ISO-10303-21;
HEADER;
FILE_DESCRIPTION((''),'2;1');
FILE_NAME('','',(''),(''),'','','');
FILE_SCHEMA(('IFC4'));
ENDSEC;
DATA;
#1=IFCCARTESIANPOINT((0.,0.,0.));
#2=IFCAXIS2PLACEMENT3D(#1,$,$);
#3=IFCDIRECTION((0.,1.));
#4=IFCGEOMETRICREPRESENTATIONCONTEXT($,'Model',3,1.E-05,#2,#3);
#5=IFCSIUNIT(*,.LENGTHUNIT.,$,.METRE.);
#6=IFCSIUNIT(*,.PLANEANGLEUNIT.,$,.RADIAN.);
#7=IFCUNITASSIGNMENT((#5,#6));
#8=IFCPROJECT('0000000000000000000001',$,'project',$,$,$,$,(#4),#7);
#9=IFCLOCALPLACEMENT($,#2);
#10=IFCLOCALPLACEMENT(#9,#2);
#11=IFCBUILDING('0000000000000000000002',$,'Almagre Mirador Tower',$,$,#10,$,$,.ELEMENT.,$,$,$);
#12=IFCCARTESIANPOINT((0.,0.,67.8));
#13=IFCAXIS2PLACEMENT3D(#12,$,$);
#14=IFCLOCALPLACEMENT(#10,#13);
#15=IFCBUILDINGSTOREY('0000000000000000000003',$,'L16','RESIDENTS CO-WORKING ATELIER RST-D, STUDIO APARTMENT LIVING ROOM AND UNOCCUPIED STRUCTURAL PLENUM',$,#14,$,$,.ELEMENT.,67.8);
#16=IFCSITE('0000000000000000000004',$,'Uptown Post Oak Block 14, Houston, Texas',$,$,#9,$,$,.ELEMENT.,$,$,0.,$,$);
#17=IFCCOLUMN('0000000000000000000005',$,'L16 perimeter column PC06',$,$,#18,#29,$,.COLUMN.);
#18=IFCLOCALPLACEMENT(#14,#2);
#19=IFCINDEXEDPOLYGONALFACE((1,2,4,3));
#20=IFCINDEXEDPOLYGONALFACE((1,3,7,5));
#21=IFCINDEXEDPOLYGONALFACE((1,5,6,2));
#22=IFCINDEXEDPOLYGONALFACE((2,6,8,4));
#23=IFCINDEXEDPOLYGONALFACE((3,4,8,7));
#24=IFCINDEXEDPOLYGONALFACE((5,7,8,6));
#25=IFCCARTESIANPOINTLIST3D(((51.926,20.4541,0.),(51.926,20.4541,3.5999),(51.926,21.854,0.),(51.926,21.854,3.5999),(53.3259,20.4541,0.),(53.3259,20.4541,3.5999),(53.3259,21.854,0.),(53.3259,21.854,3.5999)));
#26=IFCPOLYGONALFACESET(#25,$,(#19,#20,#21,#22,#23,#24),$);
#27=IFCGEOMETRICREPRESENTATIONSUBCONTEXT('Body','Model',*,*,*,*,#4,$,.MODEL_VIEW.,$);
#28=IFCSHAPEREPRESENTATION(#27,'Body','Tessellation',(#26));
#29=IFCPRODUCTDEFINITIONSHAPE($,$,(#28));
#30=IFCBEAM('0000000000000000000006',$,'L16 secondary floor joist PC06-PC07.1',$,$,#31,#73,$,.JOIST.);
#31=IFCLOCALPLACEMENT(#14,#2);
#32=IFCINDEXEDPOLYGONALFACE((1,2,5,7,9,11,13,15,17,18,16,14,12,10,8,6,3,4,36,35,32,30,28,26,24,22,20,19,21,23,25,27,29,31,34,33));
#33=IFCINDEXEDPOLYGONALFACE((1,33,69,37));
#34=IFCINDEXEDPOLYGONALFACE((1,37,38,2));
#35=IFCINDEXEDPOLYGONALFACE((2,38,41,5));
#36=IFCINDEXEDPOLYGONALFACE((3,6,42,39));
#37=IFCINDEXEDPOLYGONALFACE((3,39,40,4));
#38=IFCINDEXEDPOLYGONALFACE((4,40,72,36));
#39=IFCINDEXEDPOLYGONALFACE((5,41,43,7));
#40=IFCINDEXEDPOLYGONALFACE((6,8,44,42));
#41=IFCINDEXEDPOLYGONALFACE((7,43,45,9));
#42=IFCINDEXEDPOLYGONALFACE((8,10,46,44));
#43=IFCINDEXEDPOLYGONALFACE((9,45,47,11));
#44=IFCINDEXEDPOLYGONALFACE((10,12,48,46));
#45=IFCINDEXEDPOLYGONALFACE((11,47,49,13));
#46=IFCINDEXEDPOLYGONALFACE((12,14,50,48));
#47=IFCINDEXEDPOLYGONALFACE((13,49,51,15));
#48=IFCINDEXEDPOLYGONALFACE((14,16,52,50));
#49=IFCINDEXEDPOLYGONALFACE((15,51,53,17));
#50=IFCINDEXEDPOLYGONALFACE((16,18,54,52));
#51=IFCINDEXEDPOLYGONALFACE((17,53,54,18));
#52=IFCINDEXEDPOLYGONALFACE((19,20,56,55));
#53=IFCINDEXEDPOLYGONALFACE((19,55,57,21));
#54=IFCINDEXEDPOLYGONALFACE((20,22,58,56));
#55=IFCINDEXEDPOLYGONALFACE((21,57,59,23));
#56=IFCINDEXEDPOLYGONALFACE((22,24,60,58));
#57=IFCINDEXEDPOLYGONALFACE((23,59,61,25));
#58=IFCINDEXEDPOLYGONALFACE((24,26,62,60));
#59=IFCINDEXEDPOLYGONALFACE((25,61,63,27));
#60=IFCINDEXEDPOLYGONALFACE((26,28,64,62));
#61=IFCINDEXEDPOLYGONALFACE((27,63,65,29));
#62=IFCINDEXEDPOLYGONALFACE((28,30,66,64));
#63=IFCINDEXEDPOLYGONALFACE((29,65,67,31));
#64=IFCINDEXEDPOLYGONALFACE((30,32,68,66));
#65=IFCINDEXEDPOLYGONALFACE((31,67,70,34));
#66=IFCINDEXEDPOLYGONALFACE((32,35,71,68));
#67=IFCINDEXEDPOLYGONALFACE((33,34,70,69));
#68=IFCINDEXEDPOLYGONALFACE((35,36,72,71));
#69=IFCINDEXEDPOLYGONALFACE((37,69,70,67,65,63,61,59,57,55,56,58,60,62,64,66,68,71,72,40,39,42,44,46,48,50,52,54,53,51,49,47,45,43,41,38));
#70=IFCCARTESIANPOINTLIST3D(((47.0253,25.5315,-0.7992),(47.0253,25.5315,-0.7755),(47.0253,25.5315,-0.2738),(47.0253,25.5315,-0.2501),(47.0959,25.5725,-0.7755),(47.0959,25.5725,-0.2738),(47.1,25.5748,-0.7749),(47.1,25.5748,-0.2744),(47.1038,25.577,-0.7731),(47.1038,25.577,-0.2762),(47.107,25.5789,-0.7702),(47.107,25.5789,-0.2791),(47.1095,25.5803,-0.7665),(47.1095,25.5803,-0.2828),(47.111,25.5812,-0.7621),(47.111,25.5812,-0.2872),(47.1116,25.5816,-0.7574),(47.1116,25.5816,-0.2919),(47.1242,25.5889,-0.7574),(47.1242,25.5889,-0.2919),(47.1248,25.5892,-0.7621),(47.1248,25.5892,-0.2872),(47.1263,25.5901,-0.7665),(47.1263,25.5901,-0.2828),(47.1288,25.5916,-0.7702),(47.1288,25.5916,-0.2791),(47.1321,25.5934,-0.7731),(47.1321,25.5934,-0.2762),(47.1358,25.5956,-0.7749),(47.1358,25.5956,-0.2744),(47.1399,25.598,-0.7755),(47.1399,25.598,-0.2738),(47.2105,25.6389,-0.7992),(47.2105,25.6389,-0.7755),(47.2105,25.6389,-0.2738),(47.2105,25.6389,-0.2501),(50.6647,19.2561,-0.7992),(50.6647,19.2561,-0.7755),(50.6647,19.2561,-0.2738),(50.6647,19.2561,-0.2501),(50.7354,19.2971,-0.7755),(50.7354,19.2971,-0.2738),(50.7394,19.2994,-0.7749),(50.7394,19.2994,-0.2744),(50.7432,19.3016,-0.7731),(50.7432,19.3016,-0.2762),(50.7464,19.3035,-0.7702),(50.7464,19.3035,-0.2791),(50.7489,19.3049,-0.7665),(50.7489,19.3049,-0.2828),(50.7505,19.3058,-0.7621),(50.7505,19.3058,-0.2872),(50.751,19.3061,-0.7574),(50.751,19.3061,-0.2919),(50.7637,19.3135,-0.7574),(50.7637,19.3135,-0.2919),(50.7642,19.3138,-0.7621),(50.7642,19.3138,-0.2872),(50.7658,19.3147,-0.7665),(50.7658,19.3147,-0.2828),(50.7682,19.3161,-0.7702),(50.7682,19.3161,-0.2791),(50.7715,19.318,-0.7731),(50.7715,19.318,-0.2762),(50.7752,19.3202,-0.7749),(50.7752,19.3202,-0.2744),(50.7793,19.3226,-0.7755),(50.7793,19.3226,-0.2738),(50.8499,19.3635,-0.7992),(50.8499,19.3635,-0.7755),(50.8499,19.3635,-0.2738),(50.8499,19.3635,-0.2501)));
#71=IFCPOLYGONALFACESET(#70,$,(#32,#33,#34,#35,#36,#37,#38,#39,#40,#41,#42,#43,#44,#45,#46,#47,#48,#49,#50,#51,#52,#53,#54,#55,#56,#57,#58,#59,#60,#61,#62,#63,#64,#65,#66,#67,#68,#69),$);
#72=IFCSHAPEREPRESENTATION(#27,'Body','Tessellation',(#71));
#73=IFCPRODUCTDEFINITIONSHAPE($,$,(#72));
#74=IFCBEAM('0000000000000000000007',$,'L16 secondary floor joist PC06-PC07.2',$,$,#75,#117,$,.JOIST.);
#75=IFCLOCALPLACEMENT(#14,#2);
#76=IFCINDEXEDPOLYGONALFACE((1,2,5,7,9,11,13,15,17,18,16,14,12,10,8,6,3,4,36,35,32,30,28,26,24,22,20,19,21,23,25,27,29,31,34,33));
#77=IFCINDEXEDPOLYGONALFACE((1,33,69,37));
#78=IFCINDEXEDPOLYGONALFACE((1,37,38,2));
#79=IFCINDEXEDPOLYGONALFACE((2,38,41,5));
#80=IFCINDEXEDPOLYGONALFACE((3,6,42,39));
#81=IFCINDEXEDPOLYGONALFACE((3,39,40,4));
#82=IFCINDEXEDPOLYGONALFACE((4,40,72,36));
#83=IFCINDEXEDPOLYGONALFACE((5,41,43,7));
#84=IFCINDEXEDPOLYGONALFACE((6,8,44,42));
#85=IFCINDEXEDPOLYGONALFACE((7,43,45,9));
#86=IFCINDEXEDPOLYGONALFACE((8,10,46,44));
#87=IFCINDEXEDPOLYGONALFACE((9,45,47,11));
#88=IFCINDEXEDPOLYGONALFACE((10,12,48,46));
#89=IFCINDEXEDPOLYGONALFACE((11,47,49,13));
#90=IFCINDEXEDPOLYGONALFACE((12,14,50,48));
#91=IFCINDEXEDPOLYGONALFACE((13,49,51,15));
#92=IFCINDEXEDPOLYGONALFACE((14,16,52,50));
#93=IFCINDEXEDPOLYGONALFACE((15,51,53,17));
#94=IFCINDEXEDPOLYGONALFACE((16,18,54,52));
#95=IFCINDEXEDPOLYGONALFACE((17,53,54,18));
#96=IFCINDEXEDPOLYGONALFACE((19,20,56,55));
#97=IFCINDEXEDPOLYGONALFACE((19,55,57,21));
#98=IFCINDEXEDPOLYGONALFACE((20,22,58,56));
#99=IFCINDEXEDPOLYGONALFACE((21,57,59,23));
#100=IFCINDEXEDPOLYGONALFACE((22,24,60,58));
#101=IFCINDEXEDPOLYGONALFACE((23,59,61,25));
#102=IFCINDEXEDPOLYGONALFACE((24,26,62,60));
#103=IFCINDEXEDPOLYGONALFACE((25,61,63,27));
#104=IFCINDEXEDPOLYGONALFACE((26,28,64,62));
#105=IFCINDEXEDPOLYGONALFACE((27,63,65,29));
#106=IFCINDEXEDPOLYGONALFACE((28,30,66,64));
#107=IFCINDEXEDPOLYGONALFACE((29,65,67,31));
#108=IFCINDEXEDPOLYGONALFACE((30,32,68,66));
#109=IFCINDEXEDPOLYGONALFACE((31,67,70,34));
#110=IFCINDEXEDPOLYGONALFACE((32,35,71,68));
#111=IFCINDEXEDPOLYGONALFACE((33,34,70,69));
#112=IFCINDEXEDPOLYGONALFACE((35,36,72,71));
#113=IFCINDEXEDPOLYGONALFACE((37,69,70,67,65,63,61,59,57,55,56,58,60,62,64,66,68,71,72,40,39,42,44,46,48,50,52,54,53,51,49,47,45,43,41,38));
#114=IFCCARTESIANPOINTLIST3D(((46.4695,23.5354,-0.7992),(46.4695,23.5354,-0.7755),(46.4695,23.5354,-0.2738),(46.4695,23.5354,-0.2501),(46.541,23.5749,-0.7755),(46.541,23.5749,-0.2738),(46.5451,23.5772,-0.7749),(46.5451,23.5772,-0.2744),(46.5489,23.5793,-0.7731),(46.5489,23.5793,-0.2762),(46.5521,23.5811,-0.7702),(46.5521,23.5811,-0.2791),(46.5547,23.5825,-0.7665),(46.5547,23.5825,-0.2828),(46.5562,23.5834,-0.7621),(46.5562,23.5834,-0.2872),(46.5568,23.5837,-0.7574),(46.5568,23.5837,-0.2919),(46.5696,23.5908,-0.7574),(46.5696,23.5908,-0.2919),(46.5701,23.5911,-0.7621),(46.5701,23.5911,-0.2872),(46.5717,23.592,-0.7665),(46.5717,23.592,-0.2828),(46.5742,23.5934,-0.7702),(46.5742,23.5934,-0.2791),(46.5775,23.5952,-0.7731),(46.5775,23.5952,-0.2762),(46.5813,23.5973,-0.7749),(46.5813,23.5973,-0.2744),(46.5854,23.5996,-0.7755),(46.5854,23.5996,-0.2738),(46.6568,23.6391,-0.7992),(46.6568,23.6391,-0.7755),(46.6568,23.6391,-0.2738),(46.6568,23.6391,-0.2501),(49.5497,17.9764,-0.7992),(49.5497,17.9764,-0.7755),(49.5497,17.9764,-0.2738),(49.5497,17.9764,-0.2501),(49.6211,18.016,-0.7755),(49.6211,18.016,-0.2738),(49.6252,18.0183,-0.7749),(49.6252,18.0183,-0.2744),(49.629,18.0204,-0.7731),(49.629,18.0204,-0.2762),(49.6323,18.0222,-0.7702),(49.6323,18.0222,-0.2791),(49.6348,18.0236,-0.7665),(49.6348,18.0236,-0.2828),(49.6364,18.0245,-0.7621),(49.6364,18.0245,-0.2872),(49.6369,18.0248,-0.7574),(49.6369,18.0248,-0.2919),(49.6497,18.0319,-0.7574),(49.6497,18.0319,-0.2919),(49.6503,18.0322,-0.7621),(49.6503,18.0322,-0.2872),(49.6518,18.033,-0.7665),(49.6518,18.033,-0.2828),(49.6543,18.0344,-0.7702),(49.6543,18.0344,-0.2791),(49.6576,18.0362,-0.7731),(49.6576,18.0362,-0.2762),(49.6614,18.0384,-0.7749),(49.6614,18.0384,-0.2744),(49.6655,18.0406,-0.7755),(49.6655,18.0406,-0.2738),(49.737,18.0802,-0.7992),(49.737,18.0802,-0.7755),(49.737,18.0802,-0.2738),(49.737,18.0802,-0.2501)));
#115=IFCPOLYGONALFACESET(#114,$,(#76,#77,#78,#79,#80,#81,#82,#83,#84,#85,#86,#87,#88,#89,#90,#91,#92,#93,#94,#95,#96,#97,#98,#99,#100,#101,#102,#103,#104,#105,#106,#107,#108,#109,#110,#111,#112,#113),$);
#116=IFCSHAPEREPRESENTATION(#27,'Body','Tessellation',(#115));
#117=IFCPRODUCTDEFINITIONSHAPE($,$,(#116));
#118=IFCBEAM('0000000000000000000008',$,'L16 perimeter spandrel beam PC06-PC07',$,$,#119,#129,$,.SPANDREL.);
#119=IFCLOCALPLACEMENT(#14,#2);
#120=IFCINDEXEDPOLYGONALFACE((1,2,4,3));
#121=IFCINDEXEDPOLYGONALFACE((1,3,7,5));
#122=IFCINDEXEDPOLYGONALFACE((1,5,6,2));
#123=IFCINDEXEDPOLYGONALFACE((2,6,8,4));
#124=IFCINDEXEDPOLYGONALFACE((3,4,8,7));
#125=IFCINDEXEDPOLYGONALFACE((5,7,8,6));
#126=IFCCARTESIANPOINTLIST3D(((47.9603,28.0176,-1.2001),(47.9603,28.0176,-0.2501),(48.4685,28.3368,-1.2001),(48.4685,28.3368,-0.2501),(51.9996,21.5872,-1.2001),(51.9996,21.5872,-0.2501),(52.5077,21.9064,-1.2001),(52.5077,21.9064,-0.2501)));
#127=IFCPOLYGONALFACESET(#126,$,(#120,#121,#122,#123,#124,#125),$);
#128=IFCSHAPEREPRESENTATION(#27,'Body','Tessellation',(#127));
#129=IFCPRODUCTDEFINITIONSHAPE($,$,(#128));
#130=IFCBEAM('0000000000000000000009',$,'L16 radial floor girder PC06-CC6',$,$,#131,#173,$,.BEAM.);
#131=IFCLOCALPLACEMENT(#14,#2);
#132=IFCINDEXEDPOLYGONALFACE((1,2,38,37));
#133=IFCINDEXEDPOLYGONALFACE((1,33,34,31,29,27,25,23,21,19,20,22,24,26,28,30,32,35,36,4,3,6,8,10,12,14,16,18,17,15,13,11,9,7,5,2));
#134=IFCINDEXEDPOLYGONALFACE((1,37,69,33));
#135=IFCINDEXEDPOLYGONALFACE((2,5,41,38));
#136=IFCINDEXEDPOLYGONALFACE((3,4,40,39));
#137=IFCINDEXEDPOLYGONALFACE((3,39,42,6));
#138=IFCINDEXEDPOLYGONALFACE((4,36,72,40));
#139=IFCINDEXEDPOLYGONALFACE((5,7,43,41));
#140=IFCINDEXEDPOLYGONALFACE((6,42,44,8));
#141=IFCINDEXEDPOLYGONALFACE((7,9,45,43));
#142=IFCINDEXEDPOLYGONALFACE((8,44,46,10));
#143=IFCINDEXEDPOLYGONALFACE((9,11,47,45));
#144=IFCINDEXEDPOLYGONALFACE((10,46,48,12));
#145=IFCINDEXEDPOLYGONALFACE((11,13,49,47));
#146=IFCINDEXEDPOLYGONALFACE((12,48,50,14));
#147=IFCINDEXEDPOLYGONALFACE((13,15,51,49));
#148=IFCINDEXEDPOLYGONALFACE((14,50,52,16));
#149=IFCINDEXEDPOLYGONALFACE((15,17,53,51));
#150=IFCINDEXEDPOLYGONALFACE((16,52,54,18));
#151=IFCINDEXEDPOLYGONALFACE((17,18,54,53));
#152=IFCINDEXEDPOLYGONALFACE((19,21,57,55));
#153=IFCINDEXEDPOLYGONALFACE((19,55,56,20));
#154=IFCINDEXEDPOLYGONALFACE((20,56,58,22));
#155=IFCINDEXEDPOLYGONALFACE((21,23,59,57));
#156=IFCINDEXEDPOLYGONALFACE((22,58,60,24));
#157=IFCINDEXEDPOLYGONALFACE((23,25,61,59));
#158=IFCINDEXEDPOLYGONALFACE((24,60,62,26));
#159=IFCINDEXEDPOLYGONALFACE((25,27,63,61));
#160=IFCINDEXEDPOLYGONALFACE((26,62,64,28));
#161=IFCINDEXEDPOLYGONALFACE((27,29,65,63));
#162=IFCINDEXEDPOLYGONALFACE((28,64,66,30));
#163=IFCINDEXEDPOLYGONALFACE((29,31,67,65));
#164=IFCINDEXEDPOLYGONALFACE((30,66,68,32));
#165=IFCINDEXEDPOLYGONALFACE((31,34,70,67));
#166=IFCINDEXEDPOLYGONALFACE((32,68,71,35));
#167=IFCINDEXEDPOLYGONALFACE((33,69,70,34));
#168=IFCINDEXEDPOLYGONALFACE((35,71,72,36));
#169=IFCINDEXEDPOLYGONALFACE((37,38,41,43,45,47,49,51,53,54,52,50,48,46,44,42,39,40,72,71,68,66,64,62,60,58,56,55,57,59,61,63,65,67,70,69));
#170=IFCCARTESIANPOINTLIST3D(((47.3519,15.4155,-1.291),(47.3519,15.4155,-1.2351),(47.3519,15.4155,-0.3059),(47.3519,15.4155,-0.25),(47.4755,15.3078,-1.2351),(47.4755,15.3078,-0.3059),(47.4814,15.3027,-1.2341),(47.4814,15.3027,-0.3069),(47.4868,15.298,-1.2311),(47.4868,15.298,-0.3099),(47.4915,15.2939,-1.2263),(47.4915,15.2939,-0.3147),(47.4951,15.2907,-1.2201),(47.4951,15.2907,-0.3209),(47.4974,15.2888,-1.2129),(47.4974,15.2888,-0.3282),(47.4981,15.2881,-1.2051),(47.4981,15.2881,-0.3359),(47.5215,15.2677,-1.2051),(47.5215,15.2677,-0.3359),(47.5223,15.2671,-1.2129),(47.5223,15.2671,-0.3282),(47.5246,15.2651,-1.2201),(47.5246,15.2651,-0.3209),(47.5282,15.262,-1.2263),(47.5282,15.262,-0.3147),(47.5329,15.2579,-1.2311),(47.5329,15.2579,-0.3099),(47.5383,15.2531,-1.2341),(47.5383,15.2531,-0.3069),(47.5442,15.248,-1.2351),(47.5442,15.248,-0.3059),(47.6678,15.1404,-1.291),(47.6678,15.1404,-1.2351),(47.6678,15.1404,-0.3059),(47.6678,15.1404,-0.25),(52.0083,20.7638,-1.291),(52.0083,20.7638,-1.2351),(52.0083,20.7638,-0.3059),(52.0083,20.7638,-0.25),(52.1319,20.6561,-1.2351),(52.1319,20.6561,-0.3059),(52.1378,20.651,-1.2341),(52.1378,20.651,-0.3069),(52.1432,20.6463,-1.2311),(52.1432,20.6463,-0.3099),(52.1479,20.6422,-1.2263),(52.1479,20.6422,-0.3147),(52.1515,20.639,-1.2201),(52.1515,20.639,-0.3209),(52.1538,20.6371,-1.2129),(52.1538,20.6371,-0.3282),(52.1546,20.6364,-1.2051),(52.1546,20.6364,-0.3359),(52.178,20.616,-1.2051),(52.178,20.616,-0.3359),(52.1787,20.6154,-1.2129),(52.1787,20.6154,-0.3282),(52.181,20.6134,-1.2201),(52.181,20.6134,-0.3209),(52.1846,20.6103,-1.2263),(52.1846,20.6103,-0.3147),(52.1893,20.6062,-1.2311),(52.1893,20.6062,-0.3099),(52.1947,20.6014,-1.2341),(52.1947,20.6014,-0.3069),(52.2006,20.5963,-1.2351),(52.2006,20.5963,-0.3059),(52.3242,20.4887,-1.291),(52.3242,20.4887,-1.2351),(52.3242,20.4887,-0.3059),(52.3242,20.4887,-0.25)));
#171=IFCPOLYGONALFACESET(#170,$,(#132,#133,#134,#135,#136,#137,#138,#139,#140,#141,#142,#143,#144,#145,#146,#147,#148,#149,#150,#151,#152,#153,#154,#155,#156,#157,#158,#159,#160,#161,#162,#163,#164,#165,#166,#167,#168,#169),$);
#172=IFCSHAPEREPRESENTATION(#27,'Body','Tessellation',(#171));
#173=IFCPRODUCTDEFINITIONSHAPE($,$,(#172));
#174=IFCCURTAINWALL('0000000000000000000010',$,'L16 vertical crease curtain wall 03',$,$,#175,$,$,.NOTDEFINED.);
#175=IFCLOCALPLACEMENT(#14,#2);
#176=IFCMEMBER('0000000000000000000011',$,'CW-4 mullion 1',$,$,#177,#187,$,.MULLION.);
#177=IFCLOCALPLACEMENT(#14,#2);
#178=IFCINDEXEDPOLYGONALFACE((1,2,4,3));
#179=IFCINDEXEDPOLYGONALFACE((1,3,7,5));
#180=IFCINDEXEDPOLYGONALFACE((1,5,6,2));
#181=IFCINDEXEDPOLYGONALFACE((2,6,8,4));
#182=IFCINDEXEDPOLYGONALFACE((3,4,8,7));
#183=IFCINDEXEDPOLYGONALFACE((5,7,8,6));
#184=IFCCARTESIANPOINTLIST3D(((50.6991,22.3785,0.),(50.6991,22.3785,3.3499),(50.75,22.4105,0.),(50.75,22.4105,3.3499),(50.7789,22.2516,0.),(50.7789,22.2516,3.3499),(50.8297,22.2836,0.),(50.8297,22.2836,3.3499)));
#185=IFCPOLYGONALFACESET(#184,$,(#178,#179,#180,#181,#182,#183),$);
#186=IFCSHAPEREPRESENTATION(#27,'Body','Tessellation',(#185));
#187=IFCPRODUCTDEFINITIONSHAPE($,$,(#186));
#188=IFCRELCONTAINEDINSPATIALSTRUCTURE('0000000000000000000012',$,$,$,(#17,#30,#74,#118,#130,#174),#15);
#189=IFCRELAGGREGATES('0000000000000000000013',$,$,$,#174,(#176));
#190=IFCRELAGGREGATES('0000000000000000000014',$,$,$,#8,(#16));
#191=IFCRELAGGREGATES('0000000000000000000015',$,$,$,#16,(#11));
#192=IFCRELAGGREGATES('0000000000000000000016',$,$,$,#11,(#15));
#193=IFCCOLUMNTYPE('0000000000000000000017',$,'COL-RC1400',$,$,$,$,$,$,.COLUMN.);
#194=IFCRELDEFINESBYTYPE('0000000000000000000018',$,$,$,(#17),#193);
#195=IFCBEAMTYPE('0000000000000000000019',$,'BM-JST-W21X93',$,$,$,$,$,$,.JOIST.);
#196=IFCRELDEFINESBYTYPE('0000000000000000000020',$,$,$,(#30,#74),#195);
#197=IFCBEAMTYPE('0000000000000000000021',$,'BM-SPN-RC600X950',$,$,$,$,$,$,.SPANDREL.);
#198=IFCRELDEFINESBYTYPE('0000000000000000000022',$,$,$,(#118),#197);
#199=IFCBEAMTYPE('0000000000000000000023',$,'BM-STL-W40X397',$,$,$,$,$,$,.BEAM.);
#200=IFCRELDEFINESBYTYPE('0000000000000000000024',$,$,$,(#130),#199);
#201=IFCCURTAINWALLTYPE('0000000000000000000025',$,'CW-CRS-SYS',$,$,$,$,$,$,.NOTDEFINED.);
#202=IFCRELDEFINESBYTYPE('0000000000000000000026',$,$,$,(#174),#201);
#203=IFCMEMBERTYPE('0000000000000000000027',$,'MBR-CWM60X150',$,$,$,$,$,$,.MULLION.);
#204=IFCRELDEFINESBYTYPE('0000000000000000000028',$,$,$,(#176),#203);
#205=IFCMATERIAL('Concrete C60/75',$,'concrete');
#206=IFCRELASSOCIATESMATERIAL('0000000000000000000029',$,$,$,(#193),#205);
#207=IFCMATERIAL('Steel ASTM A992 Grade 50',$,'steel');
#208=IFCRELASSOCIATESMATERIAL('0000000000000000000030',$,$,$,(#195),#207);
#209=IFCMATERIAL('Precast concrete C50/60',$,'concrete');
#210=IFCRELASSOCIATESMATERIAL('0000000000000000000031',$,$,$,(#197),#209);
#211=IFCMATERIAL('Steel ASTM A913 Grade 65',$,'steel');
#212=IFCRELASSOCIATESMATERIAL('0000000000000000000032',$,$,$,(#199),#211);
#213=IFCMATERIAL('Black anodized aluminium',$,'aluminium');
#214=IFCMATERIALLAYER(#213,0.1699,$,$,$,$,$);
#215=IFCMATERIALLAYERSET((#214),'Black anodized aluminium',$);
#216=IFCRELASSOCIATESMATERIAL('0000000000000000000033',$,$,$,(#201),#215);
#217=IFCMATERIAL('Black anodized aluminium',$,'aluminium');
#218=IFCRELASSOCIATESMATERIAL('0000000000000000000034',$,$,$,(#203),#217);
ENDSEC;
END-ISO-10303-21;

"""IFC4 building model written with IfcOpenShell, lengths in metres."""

from ifc_helpers import new_model, si_unit, direction, frame, origin, origin_2d, place, context, subcontext, project, spatial, rectangle, i_section, extrude, material, layer, layer_set, material_profile, profile_set, type_object, element, aggregate, save


model = new_model("IFC4")

# Units and contexts
model_context = context("Model", 3, precision=1e-05, world=origin(), true_north=direction((0.0, 1.0)))
body_context = subcontext(model_context, "Body", "Model", "MODEL_VIEW")
ifc_project = project(units=[si_unit("LENGTHUNIT", "METRE"), si_unit("PLANEANGLEUNIT", "RADIAN")], contexts=[model_context])

# Site, building, storey
site_placement = place(None, origin())
site = spatial("IfcSite", under=ifc_project, at=site_placement, Name="Uptown Post Oak Block 14, Houston, Texas", CompositionType="ELEMENT", RefElevation=0.0)
building_placement = place(site_placement, origin())
building = spatial("IfcBuilding", under=site, at=building_placement, Name="Almagre Mirador Tower", CompositionType="ELEMENT")
storey_placement = place(building_placement, frame((0.0, 0.0, 67.8)))
storey = spatial("IfcBuildingStorey", under=building, at=storey_placement, Name="L16", Description="RESIDENTS CO-WORKING ATELIER RST-D, STUDIO APARTMENT LIVING ROOM AND UNOCCUPIED STRUCTURAL PLENUM", CompositionType="ELEMENT", Elevation=67.8)

# Column
ifc_material_1 = material(Name="Concrete C60/75", Category="concrete")
ifc_material_profile_1 = material_profile(ifc_material_1, rectangle(XDim=1.3999, YDim=1.3999, at=origin_2d()), Name="RC1400X1400")
ifc_profile_set_1 = profile_set([ifc_material_profile_1], Name="Concrete C60/75")
column_type = type_object("IfcColumnType", Name="COL-RC1400", PredefinedType="COLUMN", material=ifc_profile_set_1)
column_placement = place(storey_placement, frame((52.626, 21.1541, 0.0), z_axis=(0.0, 0.0, 1.0), x_axis=(1.0, 0.0, 0.0)))
element("IfcColumn", 1, at=column_placement, inside=storey, type_object=column_type, Name="L16 perimeter column PC06", PredefinedType="COLUMN", context=body_context, shape_type="SweptSolid", body=[
    extrude(rectangle(XDim=1.3999, YDim=1.3999, at=origin_2d()), origin(), (0.0, 0.0, 1.0), 3.5999),
])

# Beams
ifc_material_2 = material(Name="Steel ASTM A992 Grade 50", Category="steel")
ifc_material_profile_2 = material_profile(ifc_material_2, i_section(OverallWidth=0.2141, OverallDepth=0.5491, WebThickness=0.0146, FlangeThickness=0.0237, FilletRadius=0.0181, at=origin_2d()), Name="W21X93")
ifc_profile_set_2 = profile_set([ifc_material_profile_2], Name="Steel ASTM A992 Grade 50")
beam_type_1 = type_object("IfcBeamType", Name="BM-JST-W21X93", PredefinedType="JOIST", material=ifc_profile_set_2)
beam_1_placement = place(storey_placement, frame((50.7573, 19.3098, -0.5247), z_axis=(-0.501685, 0.86505, 0.0), x_axis=(-0.86505, -0.501685, 0.0)))
element("IfcBeam", 2, at=beam_1_placement, inside=storey, type_object=beam_type_1, Name="L16 secondary floor joist PC06-PC07.1", PredefinedType="JOIST", context=body_context, shape_type="SweptSolid", body=[
    extrude(i_section(OverallWidth=0.2141, OverallDepth=0.5491, WebThickness=0.0146, FlangeThickness=0.0237, FilletRadius=0.0181, at=origin_2d()), origin(), (0.0, 0.0, 1.0), 7.2544),
])
beam_2_placement = place(storey_placement, frame((49.6433, 18.0283, -0.5247), z_axis=(-0.484661, 0.874702, 0.0), x_axis=(-0.874702, -0.484661, 0.0)))
element("IfcBeam", 3, at=beam_2_placement, inside=storey, type_object=beam_type_1, Name="L16 secondary floor joist PC06-PC07.2", PredefinedType="JOIST", context=body_context, shape_type="SweptSolid", body=[
    extrude(i_section(OverallWidth=0.2141, OverallDepth=0.5491, WebThickness=0.0146, FlangeThickness=0.0237, FilletRadius=0.0181, at=origin_2d()), origin(), (0.0, 0.0, 1.0), 6.3552),
])
ifc_material_3 = material(Name="Precast concrete C50/60", Category="concrete")
ifc_material_profile_3 = material_profile(ifc_material_3, rectangle(XDim=0.6001, YDim=0.95, at=origin_2d()), Name="RC600X950")
ifc_profile_set_3 = profile_set([ifc_material_profile_3], Name="Precast concrete C50/60")
beam_type_2 = type_object("IfcBeamType", Name="BM-SPN-RC600X950", PredefinedType="SPANDREL", material=ifc_profile_set_3)
beam_3_placement = place(storey_placement, frame((52.2537, 21.7468, -0.7251), z_axis=(-0.531919, 0.846795, 0.0), x_axis=(-0.846795, -0.531919, 0.0)))
element("IfcBeam", 4, at=beam_3_placement, inside=storey, type_object=beam_type_2, Name="L16 perimeter spandrel beam PC06-PC07", PredefinedType="SPANDREL", context=body_context, shape_type="SweptSolid", body=[
    extrude(rectangle(XDim=0.6001, YDim=0.95, at=origin_2d()), origin(), (0.0, 0.0, 1.0), 7.5938),
])
ifc_material_4 = material(Name="Steel ASTM A913 Grade 65", Category="steel")
ifc_material_profile_4 = material_profile(ifc_material_4, i_section(OverallWidth=0.4189, OverallDepth=1.041, WebThickness=0.031, FlangeThickness=0.0559, FilletRadius=0.03, at=origin_2d()), Name="W40X397")
ifc_profile_set_4 = profile_set([ifc_material_profile_4], Name="Steel ASTM A913 Grade 65")
beam_type_3 = type_object("IfcBeamType", Name="BM-STL-W40X397", PredefinedType="BEAM", material=ifc_profile_set_4)
beam_4_placement = place(storey_placement, frame((52.1663, 20.6262, -0.7705), z_axis=(-0.656638, -0.754206, 0.0), x_axis=(0.754206, -0.656638, 0.0)))
element("IfcBeam", 5, at=beam_4_placement, inside=storey, type_object=beam_type_3, Name="L16 radial floor girder PC06-CC6", PredefinedType="BEAM", context=body_context, shape_type="SweptSolid", body=[
    extrude(i_section(OverallWidth=0.4189, OverallDepth=1.041, WebThickness=0.031, FlangeThickness=0.0559, FilletRadius=0.03, at=origin_2d()), origin(), (0.0, 0.0, 1.0), 7.0913),
])

# Curtain wall, member
ifc_material_5 = material(Name="Black anodized aluminium", Category="aluminium")
ifc_layer_1 = layer(ifc_material_5, 0.1699)
ifc_layer_set_1 = layer_set([ifc_layer_1], Name="Black anodized aluminium")
curtain_wall_type = type_object("IfcCurtainWallType", Name="CW-CRS-SYS", PredefinedType="NOTDEFINED", material=ifc_layer_set_1)
curtain_wall_placement = place(storey_placement, origin())
curtain_wall = element("IfcCurtainWall", 6, at=curtain_wall_placement, inside=storey, type_object=curtain_wall_type, Name="L16 vertical crease curtain wall 03", PredefinedType="NOTDEFINED")
ifc_material_6 = material(Name="Black anodized aluminium", Category="aluminium")
ifc_material_profile_5 = material_profile(ifc_material_6, rectangle(XDim=0.0601, YDim=0.1499, at=origin_2d()), Name="CWM60X150")
ifc_profile_set_5 = profile_set([ifc_material_profile_5], Name="Black anodized aluminium")
member_type_1 = type_object("IfcMemberType", Name="MBR-CWM60X150", PredefinedType="MULLION", material=ifc_profile_set_5)
member_1_placement = place(storey_placement, frame((50.7644, 22.3311, 0.0), z_axis=(0.0, 0.0, 1.0), x_axis=(0.84674, 0.532007, 0.0)))
member_1 = element("IfcMember", 7, at=member_1_placement, type_object=member_type_1, Name="CW-4 mullion 1", PredefinedType="MULLION", context=body_context, shape_type="SweptSolid", body=[
    extrude(rectangle(XDim=0.0601, YDim=0.1499, at=origin_2d()), origin(), (0.0, 0.0, 1.0), 3.3499),
])
aggregate(curtain_wall, [member_1])

save(model, "model.ifc")
